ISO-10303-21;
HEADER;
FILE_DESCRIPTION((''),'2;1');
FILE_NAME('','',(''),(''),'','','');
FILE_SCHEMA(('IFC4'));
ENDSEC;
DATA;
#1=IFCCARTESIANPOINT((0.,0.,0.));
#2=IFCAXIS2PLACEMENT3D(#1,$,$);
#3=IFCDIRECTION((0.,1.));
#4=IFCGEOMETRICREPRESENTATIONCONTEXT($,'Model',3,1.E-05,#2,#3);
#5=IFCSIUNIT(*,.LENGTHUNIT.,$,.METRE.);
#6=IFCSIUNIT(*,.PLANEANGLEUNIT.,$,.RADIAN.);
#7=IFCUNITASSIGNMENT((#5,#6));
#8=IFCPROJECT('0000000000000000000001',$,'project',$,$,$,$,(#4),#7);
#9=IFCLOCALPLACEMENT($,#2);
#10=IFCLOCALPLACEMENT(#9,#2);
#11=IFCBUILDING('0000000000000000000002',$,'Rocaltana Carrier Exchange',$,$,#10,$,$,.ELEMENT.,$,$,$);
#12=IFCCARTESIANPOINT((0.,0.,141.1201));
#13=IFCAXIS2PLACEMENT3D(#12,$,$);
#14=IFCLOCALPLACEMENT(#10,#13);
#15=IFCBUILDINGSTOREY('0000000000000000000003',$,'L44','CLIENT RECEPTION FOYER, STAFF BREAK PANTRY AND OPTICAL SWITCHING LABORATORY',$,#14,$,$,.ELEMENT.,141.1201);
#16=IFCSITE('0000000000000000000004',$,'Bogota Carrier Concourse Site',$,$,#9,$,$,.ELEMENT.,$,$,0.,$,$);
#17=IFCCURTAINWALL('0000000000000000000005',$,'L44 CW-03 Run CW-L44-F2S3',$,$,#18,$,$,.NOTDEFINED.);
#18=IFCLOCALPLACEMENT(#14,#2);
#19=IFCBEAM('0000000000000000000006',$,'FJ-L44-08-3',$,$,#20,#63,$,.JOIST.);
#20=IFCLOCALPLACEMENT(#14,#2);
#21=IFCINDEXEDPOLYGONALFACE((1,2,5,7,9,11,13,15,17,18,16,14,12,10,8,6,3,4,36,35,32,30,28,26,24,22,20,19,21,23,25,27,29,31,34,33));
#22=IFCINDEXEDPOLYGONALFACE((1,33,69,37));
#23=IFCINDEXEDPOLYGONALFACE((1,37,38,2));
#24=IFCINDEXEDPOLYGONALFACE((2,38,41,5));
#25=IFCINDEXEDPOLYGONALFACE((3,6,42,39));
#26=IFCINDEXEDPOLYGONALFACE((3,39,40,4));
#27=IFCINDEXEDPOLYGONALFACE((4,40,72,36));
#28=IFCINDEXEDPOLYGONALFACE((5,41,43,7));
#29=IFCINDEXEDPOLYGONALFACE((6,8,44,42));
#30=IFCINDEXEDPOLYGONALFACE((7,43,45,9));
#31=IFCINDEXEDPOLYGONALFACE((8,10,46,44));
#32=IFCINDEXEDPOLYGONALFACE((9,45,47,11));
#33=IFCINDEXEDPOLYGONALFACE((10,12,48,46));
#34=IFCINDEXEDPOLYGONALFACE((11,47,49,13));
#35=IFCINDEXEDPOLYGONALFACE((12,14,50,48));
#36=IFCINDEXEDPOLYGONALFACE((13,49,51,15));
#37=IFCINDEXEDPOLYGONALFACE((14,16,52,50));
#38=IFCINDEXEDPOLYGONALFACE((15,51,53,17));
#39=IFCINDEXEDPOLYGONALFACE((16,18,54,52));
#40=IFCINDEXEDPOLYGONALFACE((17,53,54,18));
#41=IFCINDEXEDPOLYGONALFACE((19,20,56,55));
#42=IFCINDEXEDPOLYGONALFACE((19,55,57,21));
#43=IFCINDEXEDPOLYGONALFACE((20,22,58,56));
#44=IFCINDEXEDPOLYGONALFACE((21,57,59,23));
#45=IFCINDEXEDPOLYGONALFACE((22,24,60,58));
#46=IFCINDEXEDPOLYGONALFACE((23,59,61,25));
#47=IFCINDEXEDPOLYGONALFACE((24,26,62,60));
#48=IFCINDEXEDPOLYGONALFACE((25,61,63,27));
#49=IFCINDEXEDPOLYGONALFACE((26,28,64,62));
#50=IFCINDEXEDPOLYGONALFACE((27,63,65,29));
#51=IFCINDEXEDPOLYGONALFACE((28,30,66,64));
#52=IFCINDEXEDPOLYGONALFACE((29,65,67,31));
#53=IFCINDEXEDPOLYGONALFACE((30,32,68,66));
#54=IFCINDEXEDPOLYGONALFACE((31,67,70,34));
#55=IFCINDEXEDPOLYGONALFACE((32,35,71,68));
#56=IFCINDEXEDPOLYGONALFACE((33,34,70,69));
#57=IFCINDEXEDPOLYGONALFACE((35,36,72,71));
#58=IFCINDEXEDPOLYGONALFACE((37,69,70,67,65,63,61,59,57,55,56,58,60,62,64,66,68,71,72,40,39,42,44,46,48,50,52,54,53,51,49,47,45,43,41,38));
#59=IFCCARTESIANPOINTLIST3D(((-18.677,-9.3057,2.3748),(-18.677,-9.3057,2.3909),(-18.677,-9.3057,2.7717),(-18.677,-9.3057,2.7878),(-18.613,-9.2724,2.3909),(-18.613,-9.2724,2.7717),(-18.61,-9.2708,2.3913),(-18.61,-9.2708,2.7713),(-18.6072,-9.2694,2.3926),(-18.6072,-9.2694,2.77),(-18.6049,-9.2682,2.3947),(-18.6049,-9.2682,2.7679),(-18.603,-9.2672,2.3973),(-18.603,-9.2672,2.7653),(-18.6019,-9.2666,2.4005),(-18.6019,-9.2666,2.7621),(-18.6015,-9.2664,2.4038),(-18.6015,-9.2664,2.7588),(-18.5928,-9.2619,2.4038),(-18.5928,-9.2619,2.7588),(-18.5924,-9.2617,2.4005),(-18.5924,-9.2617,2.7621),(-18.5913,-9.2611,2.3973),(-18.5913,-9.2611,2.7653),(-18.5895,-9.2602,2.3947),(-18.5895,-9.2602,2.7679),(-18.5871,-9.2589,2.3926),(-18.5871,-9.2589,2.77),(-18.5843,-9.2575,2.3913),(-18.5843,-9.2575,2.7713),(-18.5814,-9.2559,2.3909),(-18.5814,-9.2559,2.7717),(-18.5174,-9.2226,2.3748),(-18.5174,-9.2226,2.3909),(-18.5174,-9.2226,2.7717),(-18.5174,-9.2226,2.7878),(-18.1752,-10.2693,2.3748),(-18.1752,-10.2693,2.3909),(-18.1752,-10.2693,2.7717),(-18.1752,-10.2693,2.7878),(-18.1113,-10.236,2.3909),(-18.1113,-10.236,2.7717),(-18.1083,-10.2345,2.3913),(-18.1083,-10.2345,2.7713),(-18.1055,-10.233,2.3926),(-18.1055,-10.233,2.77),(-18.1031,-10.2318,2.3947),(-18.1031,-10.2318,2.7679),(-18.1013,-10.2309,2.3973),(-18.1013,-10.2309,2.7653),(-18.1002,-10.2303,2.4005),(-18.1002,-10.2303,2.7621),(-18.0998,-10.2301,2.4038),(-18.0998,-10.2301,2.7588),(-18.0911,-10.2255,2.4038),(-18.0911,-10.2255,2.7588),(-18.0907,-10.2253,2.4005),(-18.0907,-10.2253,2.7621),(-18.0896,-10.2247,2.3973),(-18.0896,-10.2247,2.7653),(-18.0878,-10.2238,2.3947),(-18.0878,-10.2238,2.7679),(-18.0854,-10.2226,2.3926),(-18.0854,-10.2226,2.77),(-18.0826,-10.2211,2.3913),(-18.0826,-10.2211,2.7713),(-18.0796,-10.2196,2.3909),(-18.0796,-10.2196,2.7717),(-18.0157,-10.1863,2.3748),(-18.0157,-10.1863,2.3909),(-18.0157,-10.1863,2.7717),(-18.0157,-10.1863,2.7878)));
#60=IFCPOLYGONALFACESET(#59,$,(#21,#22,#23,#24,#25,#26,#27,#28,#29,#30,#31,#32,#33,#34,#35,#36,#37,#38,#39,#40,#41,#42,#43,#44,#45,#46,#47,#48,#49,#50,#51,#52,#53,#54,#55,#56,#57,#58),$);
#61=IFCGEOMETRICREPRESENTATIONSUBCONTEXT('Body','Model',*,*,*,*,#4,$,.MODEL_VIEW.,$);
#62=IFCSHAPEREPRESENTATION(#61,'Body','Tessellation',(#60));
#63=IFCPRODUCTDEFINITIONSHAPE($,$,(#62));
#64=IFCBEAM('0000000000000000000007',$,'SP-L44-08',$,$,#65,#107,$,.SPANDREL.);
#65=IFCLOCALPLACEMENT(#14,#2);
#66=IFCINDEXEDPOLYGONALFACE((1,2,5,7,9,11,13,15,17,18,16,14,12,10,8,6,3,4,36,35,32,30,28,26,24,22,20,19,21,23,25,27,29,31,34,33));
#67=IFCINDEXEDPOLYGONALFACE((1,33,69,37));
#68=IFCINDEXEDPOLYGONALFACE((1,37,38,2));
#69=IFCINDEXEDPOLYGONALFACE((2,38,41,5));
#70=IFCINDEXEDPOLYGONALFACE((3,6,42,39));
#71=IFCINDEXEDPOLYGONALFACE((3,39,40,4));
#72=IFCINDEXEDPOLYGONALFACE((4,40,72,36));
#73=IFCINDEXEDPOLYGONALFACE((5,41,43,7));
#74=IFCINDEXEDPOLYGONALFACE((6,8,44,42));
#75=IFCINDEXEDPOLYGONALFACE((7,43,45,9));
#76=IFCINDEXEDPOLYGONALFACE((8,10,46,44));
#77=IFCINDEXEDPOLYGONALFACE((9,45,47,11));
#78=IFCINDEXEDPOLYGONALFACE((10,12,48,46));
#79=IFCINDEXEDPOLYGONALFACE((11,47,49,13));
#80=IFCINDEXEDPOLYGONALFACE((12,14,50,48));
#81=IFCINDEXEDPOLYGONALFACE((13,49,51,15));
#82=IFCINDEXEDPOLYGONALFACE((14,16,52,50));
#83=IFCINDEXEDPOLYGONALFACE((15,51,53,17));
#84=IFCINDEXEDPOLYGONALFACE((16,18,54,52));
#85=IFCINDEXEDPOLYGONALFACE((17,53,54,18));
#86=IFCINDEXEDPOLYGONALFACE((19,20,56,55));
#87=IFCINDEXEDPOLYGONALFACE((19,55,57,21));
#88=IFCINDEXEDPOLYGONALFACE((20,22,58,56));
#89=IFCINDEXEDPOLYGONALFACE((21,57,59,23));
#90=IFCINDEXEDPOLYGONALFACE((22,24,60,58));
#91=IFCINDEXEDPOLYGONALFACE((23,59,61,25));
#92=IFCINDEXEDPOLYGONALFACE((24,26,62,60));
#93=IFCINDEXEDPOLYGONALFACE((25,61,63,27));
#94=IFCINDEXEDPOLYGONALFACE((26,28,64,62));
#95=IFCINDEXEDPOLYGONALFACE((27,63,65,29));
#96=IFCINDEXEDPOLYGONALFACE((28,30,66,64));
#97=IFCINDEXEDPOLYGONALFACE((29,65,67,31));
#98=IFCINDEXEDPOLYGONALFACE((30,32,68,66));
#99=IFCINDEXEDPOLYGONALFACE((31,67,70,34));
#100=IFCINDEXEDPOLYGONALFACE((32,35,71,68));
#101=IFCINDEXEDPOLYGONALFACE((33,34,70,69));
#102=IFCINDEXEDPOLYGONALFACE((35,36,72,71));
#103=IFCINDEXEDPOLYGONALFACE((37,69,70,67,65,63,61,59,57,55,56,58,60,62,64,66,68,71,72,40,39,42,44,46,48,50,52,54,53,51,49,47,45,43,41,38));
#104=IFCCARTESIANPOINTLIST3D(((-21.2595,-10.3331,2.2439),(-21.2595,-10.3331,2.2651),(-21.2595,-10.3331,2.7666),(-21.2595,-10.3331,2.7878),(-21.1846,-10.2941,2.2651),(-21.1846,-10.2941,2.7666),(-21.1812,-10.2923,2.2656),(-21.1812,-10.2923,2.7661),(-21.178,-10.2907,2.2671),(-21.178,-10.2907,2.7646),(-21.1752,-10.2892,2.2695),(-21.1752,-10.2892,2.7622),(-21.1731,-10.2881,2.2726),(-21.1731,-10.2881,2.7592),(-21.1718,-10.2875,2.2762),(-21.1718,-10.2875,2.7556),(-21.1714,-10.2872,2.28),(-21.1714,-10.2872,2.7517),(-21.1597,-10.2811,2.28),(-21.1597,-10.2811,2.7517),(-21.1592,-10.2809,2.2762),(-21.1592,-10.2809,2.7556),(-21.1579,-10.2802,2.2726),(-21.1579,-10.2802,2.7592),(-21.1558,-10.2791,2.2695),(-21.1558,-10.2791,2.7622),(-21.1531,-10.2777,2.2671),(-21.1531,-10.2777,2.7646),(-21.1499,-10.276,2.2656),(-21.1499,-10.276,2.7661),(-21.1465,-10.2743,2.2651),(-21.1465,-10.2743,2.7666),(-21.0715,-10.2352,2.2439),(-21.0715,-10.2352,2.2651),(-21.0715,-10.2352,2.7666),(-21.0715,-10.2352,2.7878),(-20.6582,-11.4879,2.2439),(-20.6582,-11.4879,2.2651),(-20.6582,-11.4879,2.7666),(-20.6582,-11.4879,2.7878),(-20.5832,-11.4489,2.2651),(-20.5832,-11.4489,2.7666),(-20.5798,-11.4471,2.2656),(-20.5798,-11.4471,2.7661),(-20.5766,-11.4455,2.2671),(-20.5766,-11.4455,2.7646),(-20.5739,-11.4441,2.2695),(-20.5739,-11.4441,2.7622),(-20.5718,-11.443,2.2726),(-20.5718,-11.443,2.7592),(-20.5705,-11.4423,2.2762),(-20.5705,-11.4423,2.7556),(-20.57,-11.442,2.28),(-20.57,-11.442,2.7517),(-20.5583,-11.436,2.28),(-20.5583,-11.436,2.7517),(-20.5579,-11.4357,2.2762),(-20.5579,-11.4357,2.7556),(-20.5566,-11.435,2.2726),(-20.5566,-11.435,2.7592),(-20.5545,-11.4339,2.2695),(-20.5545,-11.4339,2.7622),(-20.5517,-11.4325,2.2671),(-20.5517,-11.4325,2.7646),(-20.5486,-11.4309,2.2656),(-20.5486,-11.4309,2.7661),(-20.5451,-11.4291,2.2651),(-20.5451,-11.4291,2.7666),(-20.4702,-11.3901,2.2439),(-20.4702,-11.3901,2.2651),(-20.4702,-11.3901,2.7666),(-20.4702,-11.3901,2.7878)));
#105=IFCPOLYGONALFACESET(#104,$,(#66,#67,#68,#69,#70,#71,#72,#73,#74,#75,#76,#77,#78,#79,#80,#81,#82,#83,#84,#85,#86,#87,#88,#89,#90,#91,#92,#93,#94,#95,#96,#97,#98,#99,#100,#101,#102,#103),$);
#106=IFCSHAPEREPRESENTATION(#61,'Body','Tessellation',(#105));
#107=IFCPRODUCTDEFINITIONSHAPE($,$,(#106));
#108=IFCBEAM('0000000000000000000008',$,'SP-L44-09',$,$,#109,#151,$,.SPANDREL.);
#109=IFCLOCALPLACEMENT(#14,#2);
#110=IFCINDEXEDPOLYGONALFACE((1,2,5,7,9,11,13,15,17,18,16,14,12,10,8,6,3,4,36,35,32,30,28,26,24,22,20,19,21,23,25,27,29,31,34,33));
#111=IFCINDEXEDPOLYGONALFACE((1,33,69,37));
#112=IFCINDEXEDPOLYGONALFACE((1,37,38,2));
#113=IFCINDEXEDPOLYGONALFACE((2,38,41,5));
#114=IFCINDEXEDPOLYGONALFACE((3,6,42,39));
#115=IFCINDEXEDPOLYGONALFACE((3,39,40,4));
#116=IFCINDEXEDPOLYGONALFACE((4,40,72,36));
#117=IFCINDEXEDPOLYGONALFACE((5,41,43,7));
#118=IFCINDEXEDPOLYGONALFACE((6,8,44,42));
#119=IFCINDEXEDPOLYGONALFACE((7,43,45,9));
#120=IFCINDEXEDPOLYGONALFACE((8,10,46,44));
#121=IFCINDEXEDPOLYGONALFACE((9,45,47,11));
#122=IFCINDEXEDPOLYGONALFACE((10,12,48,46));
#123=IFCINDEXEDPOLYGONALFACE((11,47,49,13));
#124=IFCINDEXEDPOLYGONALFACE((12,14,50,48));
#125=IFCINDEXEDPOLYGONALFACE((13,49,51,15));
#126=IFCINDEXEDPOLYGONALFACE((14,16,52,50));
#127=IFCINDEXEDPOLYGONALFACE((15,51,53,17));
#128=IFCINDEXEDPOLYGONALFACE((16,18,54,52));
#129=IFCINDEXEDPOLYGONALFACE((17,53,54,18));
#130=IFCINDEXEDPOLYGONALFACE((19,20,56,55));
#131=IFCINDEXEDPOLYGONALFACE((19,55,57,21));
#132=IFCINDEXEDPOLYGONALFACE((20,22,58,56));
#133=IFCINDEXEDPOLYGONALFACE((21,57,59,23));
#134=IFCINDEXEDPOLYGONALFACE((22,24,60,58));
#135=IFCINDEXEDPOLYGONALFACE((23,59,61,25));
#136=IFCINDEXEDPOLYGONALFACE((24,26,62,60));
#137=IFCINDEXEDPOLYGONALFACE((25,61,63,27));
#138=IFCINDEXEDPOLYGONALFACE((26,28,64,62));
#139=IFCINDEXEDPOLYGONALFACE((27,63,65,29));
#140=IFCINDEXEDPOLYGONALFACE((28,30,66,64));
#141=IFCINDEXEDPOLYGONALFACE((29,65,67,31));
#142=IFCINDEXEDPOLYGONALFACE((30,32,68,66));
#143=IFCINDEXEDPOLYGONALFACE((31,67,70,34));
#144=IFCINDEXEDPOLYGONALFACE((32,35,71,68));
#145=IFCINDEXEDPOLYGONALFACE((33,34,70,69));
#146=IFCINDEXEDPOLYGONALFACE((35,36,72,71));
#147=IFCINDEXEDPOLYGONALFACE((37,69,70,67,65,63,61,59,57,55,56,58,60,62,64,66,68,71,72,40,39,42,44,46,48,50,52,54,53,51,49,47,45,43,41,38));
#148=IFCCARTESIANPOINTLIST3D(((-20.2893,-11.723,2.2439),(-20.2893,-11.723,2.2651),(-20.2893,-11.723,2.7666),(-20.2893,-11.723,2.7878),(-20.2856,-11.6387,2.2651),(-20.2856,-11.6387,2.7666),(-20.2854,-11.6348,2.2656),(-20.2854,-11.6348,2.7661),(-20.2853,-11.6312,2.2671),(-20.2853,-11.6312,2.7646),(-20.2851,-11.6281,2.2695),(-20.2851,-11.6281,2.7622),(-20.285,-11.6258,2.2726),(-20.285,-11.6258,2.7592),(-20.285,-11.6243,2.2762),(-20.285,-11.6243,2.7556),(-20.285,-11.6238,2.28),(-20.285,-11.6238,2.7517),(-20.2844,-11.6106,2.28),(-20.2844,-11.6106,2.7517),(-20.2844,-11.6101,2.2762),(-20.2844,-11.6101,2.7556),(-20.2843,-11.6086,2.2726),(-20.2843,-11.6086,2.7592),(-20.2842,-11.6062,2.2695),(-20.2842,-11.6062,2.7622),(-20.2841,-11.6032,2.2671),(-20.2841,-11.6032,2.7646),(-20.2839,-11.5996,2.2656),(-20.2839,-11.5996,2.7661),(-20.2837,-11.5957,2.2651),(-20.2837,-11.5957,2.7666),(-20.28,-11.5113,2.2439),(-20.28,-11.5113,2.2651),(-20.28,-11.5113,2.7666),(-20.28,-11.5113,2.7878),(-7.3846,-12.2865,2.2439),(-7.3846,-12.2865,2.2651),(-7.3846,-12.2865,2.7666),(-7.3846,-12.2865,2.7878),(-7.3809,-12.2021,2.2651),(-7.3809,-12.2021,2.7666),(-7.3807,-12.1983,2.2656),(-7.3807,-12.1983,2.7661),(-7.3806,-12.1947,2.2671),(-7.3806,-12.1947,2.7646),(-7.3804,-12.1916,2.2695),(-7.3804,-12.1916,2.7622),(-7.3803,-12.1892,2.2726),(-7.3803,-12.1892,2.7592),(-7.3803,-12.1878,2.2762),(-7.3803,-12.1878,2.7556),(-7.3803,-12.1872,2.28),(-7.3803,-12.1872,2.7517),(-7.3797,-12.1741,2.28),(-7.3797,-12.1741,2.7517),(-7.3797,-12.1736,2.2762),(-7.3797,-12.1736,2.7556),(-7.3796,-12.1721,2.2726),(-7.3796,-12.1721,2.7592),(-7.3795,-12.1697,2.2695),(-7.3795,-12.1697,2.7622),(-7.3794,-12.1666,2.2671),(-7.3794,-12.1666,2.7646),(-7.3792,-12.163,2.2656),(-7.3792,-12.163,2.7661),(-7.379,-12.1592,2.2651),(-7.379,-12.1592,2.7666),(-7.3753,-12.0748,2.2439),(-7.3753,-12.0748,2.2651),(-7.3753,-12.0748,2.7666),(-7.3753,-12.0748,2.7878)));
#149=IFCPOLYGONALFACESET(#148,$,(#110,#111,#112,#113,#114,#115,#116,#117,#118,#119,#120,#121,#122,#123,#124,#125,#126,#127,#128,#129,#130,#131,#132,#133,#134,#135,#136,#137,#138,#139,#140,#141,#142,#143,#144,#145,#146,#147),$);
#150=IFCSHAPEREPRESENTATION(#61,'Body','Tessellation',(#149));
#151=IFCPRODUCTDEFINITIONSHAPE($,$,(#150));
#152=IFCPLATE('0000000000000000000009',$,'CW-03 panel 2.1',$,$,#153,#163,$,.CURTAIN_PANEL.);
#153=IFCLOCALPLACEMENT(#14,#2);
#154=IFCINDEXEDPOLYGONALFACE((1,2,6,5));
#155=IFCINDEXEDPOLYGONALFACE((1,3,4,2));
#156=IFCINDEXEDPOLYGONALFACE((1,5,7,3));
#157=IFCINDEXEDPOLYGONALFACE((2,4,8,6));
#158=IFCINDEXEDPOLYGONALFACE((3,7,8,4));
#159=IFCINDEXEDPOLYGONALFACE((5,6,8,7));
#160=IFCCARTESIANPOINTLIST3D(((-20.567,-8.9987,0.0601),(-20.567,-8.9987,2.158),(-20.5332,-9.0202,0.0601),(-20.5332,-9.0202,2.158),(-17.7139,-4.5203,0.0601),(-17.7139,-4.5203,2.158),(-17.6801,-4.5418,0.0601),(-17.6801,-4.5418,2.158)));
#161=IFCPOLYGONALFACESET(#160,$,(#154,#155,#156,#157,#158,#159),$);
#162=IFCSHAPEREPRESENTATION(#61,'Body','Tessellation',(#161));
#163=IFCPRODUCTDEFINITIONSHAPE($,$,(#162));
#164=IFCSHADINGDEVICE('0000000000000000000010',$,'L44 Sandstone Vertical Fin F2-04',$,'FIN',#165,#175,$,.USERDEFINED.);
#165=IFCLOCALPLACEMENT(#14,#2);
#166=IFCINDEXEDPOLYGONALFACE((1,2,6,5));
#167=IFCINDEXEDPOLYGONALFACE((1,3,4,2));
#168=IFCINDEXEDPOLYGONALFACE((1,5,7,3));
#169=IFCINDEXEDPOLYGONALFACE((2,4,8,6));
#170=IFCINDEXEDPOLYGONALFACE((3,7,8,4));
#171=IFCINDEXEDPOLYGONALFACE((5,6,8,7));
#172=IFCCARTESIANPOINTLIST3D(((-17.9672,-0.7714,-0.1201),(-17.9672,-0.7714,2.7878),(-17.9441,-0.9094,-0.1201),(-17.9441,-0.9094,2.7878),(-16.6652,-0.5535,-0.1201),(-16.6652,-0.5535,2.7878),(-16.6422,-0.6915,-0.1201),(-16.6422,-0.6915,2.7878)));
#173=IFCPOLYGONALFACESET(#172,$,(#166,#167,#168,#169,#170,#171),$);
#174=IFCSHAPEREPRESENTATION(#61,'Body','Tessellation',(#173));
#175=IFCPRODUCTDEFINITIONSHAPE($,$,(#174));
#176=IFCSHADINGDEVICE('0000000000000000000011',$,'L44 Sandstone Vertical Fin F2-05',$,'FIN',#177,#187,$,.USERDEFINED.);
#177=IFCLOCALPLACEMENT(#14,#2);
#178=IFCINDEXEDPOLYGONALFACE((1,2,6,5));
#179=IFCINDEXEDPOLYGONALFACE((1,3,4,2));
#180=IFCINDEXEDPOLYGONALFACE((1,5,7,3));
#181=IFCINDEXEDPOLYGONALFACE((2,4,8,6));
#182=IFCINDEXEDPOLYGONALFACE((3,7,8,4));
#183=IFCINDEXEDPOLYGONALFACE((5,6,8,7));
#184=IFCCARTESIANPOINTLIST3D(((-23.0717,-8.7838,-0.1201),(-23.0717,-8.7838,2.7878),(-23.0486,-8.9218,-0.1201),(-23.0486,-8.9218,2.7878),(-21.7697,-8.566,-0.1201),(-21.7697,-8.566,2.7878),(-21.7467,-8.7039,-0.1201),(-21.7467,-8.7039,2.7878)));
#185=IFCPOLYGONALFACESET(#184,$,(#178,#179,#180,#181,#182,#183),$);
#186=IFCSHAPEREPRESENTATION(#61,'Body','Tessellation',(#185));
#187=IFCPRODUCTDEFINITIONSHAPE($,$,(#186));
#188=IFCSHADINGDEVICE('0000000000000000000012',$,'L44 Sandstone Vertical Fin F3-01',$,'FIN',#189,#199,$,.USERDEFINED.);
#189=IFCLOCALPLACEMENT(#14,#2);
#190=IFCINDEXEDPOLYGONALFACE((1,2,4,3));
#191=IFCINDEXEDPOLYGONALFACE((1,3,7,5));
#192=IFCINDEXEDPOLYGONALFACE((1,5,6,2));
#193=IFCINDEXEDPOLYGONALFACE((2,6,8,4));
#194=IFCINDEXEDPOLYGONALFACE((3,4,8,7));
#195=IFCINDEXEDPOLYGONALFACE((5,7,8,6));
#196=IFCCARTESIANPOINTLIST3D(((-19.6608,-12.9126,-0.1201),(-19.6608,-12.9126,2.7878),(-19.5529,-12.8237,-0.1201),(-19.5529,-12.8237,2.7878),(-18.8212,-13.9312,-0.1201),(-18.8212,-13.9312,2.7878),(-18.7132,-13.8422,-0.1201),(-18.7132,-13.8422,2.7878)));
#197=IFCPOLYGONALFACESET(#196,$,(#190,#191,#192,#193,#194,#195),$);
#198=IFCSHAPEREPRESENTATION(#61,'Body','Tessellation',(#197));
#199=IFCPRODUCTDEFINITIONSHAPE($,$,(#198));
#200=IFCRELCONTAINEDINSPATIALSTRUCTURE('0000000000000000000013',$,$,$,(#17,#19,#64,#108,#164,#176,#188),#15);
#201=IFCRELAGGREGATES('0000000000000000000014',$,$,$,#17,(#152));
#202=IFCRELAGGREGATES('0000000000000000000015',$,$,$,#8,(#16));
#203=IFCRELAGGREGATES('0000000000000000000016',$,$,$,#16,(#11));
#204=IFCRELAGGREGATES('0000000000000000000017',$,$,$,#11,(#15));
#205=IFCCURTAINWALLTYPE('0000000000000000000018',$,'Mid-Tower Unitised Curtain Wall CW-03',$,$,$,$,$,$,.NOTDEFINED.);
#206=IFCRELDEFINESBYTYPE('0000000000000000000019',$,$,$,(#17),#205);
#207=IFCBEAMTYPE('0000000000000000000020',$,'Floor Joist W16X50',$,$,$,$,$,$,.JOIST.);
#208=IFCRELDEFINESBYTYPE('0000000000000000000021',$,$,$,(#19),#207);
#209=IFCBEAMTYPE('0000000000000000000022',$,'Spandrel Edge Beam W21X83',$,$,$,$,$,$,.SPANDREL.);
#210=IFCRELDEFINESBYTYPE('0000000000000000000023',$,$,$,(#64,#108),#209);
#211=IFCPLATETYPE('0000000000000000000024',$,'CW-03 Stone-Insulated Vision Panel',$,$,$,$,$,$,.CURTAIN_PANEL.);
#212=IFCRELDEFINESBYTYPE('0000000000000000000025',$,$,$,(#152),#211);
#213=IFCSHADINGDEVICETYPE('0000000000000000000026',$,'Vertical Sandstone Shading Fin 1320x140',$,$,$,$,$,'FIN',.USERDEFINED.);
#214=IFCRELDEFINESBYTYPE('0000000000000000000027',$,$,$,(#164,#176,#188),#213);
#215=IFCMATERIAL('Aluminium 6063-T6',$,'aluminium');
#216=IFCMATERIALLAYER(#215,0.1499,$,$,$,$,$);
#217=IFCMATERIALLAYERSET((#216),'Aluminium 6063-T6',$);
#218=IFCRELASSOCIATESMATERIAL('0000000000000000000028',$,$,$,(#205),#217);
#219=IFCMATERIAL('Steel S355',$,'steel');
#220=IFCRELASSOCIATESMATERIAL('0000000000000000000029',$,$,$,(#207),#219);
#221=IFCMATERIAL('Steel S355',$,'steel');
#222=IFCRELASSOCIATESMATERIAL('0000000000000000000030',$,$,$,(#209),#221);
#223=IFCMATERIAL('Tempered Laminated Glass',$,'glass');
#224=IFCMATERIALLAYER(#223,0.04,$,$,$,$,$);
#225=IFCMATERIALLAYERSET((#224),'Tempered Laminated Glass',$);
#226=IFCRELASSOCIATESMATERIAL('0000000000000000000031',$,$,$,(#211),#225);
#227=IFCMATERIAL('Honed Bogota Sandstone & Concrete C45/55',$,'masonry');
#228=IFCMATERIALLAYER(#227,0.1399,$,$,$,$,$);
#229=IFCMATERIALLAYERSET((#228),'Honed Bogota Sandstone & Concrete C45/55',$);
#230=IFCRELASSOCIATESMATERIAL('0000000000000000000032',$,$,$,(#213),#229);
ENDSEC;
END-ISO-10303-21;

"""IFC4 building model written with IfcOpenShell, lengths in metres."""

from ifc_helpers import new_model, si_unit, direction, frame, origin, origin_2d, place, context, subcontext, project, spatial, rectangle, i_section, extrude, material, layer, layer_set, material_profile, profile_set, type_object, element, aggregate, save


model = new_model("IFC4")

# Units and contexts
model_context = context("Model", 3, precision=1e-05, world=origin(), true_north=direction((0.0, 1.0)))
body_context = subcontext(model_context, "Body", "Model", "MODEL_VIEW")
ifc_project = project(units=[si_unit("LENGTHUNIT", "METRE"), si_unit("PLANEANGLEUNIT", "RADIAN")], contexts=[model_context])

# Site, building, storey
site_placement = place(None, origin())
site = spatial("IfcSite", under=ifc_project, at=site_placement, Name="Bogota Carrier Concourse Site", CompositionType="ELEMENT", RefElevation=0.0)
building_placement = place(site_placement, origin())
building = spatial("IfcBuilding", under=site, at=building_placement, Name="Rocaltana Carrier Exchange", CompositionType="ELEMENT")
storey_placement = place(building_placement, frame((0.0, 0.0, 141.1201)))
storey = spatial("IfcBuildingStorey", under=building, at=storey_placement, Name="L44", Description="CLIENT RECEPTION FOYER, STAFF BREAK PANTRY AND OPTICAL SWITCHING LABORATORY", CompositionType="ELEMENT", Elevation=141.1201)

# Curtain wall
ifc_material_1 = material(Name="Aluminium 6063-T6", Category="aluminium")
ifc_layer_1 = layer(ifc_material_1, 0.1499)
ifc_layer_set_1 = layer_set([ifc_layer_1], Name="Aluminium 6063-T6")
curtain_wall_type = type_object("IfcCurtainWallType", Name="Mid-Tower Unitised Curtain Wall CW-03", PredefinedType="NOTDEFINED", material=ifc_layer_set_1)
curtain_wall_1_placement = place(storey_placement, origin())
curtain_wall_1 = element("IfcCurtainWall", 1, at=curtain_wall_1_placement, inside=storey, type_object=curtain_wall_type, Name="L44 CW-03 Run CW-L44-F2S3", PredefinedType="NOTDEFINED")

# Beams
ifc_material_2 = material(Name="Steel S355", Category="steel")
ifc_material_profile_1 = material_profile(ifc_material_2, i_section(OverallWidth=0.1799, OverallDepth=0.4131, WebThickness=0.0098, FlangeThickness=0.0161, FilletRadius=0.0129, at=origin_2d()), Name="W16X50")
ifc_profile_set_1 = profile_set([ifc_material_profile_1], Name="Steel S355")
beam_type_1 = type_object("IfcBeamType", Name="Floor Joist W16X50", PredefinedType="JOIST", material=ifc_profile_set_1)
beam_1_placement = place(storey_placement, frame((-18.5972, -9.2642, 2.5813), z_axis=(0.461806, -0.886981, 0.0), x_axis=(0.886981, 0.461806, 0.0)))
element("IfcBeam", 2, at=beam_1_placement, inside=storey, type_object=beam_type_1, Name="FJ-L44-08-3", PredefinedType="JOIST", context=body_context, shape_type="SweptSolid", body=[
    extrude(i_section(OverallWidth=0.1799, OverallDepth=0.4131, WebThickness=0.0098, FlangeThickness=0.0161, FilletRadius=0.0129, at=origin_2d()), origin(), (0.0, 0.0, 1.0), 1.0864),
])
ifc_material_3 = material(Name="Steel S355", Category="steel")
ifc_material_profile_2 = material_profile(ifc_material_3, i_section(OverallWidth=0.2119, OverallDepth=0.5439, WebThickness=0.0132, FlangeThickness=0.0212, FilletRadius=0.0149, at=origin_2d()), Name="W21X83")
ifc_profile_set_2 = profile_set([ifc_material_profile_2], Name="Steel S355")
beam_type_2 = type_object("IfcBeamType", Name="Spandrel Edge Beam W21X83", PredefinedType="SPANDREL", material=ifc_profile_set_2)
beam_2_placement = place(storey_placement, frame((-21.1655, -10.2842, 2.5159), z_axis=(0.461855, -0.886956, 0.0), x_axis=(0.886956, 0.461855, 0.0)))
element("IfcBeam", 3, at=beam_2_placement, inside=storey, type_object=beam_type_2, Name="SP-L44-08", PredefinedType="SPANDREL", context=body_context, shape_type="SweptSolid", body=[
    extrude(i_section(OverallWidth=0.2119, OverallDepth=0.5439, WebThickness=0.0132, FlangeThickness=0.0212, FilletRadius=0.0149, at=origin_2d()), origin(), (0.0, 0.0, 1.0), 1.302),
])
beam_3_placement = place(storey_placement, frame((-20.2847, -11.6172, 2.5159), z_axis=(0.999048, -0.043623, 0.0), x_axis=(0.043623, 0.999048, 0.0)))
element("IfcBeam", 4, at=beam_3_placement, inside=storey, type_object=beam_type_2, Name="SP-L44-09", PredefinedType="SPANDREL", context=body_context, shape_type="SweptSolid", body=[
    extrude(i_section(OverallWidth=0.2119, OverallDepth=0.5439, WebThickness=0.0132, FlangeThickness=0.0212, FilletRadius=0.0149, at=origin_2d()), origin(), (0.0, 0.0, 1.0), 12.917),
])

# Plate
ifc_material_4 = material(Name="Tempered Laminated Glass", Category="glass")
ifc_layer_2 = layer(ifc_material_4, 0.04)
ifc_layer_set_2 = layer_set([ifc_layer_2], Name="Tempered Laminated Glass")
plate_type = type_object("IfcPlateType", Name="CW-03 Stone-Insulated Vision Panel", PredefinedType="CURTAIN_PANEL", material=ifc_layer_set_2)
plate_placement = place(storey_placement, frame((-19.1235, -6.7703, 0.0601), z_axis=(0.0, 0.0, 1.0), x_axis=(-0.537301, -0.843391, 0.0)))
plate = element("IfcPlate", 5, at=plate_placement, type_object=plate_type, Name="CW-03 panel 2.1", PredefinedType="CURTAIN_PANEL", context=body_context, shape_type="SweptSolid", body=[
    extrude(rectangle(XDim=5.3101, YDim=0.04, at=origin_2d()), origin(), (0.0, 0.0, 1.0), 2.0979),
])
aggregate(curtain_wall_1, [plate])

# Shading devices
ifc_material_5 = material(Name="Honed Bogota Sandstone & Concrete C45/55", Category="masonry")
ifc_layer_3 = layer(ifc_material_5, 0.1399)
ifc_layer_set_3 = layer_set([ifc_layer_3], Name="Honed Bogota Sandstone & Concrete C45/55")
shading_device_type = type_object("IfcShadingDeviceType", Name="Vertical Sandstone Shading Fin 1320x140", ElementType="FIN", PredefinedType="USERDEFINED", material=ifc_layer_set_3)
for number, where, z_axis, x_axis, name in (
    (6, (-17.3047, -0.7314, -0.1201), (0.0, 0.0, 1.0), (-0.986286, -0.165048, 0.0), "L44 Sandstone Vertical Fin F2-04"),
    (7, (-22.4092, -8.7439, -0.1201), (0.0, 0.0, 1.0), (-0.986286, -0.165048, 0.0), "L44 Sandstone Vertical Fin F2-05"),
    (8, (-19.187, -13.3774, -0.1201), (0.0, 0.0, 1.0), (0.636078, -0.771625, 0.0), "L44 Sandstone Vertical Fin F3-01"),
):
    element("IfcShadingDevice", number, at=place(storey_placement, frame(where, z_axis=z_axis, x_axis=x_axis)), inside=storey, type_object=shading_device_type, Name=name, ObjectType="FIN", PredefinedType="USERDEFINED", context=body_context, shape_type="SweptSolid", body=[
        extrude(rectangle(XDim=1.3201, YDim=0.1399, at=origin_2d()), origin(), (0.0, 0.0, 1.0), 2.908),
    ])

save(model, "model.ifc")
